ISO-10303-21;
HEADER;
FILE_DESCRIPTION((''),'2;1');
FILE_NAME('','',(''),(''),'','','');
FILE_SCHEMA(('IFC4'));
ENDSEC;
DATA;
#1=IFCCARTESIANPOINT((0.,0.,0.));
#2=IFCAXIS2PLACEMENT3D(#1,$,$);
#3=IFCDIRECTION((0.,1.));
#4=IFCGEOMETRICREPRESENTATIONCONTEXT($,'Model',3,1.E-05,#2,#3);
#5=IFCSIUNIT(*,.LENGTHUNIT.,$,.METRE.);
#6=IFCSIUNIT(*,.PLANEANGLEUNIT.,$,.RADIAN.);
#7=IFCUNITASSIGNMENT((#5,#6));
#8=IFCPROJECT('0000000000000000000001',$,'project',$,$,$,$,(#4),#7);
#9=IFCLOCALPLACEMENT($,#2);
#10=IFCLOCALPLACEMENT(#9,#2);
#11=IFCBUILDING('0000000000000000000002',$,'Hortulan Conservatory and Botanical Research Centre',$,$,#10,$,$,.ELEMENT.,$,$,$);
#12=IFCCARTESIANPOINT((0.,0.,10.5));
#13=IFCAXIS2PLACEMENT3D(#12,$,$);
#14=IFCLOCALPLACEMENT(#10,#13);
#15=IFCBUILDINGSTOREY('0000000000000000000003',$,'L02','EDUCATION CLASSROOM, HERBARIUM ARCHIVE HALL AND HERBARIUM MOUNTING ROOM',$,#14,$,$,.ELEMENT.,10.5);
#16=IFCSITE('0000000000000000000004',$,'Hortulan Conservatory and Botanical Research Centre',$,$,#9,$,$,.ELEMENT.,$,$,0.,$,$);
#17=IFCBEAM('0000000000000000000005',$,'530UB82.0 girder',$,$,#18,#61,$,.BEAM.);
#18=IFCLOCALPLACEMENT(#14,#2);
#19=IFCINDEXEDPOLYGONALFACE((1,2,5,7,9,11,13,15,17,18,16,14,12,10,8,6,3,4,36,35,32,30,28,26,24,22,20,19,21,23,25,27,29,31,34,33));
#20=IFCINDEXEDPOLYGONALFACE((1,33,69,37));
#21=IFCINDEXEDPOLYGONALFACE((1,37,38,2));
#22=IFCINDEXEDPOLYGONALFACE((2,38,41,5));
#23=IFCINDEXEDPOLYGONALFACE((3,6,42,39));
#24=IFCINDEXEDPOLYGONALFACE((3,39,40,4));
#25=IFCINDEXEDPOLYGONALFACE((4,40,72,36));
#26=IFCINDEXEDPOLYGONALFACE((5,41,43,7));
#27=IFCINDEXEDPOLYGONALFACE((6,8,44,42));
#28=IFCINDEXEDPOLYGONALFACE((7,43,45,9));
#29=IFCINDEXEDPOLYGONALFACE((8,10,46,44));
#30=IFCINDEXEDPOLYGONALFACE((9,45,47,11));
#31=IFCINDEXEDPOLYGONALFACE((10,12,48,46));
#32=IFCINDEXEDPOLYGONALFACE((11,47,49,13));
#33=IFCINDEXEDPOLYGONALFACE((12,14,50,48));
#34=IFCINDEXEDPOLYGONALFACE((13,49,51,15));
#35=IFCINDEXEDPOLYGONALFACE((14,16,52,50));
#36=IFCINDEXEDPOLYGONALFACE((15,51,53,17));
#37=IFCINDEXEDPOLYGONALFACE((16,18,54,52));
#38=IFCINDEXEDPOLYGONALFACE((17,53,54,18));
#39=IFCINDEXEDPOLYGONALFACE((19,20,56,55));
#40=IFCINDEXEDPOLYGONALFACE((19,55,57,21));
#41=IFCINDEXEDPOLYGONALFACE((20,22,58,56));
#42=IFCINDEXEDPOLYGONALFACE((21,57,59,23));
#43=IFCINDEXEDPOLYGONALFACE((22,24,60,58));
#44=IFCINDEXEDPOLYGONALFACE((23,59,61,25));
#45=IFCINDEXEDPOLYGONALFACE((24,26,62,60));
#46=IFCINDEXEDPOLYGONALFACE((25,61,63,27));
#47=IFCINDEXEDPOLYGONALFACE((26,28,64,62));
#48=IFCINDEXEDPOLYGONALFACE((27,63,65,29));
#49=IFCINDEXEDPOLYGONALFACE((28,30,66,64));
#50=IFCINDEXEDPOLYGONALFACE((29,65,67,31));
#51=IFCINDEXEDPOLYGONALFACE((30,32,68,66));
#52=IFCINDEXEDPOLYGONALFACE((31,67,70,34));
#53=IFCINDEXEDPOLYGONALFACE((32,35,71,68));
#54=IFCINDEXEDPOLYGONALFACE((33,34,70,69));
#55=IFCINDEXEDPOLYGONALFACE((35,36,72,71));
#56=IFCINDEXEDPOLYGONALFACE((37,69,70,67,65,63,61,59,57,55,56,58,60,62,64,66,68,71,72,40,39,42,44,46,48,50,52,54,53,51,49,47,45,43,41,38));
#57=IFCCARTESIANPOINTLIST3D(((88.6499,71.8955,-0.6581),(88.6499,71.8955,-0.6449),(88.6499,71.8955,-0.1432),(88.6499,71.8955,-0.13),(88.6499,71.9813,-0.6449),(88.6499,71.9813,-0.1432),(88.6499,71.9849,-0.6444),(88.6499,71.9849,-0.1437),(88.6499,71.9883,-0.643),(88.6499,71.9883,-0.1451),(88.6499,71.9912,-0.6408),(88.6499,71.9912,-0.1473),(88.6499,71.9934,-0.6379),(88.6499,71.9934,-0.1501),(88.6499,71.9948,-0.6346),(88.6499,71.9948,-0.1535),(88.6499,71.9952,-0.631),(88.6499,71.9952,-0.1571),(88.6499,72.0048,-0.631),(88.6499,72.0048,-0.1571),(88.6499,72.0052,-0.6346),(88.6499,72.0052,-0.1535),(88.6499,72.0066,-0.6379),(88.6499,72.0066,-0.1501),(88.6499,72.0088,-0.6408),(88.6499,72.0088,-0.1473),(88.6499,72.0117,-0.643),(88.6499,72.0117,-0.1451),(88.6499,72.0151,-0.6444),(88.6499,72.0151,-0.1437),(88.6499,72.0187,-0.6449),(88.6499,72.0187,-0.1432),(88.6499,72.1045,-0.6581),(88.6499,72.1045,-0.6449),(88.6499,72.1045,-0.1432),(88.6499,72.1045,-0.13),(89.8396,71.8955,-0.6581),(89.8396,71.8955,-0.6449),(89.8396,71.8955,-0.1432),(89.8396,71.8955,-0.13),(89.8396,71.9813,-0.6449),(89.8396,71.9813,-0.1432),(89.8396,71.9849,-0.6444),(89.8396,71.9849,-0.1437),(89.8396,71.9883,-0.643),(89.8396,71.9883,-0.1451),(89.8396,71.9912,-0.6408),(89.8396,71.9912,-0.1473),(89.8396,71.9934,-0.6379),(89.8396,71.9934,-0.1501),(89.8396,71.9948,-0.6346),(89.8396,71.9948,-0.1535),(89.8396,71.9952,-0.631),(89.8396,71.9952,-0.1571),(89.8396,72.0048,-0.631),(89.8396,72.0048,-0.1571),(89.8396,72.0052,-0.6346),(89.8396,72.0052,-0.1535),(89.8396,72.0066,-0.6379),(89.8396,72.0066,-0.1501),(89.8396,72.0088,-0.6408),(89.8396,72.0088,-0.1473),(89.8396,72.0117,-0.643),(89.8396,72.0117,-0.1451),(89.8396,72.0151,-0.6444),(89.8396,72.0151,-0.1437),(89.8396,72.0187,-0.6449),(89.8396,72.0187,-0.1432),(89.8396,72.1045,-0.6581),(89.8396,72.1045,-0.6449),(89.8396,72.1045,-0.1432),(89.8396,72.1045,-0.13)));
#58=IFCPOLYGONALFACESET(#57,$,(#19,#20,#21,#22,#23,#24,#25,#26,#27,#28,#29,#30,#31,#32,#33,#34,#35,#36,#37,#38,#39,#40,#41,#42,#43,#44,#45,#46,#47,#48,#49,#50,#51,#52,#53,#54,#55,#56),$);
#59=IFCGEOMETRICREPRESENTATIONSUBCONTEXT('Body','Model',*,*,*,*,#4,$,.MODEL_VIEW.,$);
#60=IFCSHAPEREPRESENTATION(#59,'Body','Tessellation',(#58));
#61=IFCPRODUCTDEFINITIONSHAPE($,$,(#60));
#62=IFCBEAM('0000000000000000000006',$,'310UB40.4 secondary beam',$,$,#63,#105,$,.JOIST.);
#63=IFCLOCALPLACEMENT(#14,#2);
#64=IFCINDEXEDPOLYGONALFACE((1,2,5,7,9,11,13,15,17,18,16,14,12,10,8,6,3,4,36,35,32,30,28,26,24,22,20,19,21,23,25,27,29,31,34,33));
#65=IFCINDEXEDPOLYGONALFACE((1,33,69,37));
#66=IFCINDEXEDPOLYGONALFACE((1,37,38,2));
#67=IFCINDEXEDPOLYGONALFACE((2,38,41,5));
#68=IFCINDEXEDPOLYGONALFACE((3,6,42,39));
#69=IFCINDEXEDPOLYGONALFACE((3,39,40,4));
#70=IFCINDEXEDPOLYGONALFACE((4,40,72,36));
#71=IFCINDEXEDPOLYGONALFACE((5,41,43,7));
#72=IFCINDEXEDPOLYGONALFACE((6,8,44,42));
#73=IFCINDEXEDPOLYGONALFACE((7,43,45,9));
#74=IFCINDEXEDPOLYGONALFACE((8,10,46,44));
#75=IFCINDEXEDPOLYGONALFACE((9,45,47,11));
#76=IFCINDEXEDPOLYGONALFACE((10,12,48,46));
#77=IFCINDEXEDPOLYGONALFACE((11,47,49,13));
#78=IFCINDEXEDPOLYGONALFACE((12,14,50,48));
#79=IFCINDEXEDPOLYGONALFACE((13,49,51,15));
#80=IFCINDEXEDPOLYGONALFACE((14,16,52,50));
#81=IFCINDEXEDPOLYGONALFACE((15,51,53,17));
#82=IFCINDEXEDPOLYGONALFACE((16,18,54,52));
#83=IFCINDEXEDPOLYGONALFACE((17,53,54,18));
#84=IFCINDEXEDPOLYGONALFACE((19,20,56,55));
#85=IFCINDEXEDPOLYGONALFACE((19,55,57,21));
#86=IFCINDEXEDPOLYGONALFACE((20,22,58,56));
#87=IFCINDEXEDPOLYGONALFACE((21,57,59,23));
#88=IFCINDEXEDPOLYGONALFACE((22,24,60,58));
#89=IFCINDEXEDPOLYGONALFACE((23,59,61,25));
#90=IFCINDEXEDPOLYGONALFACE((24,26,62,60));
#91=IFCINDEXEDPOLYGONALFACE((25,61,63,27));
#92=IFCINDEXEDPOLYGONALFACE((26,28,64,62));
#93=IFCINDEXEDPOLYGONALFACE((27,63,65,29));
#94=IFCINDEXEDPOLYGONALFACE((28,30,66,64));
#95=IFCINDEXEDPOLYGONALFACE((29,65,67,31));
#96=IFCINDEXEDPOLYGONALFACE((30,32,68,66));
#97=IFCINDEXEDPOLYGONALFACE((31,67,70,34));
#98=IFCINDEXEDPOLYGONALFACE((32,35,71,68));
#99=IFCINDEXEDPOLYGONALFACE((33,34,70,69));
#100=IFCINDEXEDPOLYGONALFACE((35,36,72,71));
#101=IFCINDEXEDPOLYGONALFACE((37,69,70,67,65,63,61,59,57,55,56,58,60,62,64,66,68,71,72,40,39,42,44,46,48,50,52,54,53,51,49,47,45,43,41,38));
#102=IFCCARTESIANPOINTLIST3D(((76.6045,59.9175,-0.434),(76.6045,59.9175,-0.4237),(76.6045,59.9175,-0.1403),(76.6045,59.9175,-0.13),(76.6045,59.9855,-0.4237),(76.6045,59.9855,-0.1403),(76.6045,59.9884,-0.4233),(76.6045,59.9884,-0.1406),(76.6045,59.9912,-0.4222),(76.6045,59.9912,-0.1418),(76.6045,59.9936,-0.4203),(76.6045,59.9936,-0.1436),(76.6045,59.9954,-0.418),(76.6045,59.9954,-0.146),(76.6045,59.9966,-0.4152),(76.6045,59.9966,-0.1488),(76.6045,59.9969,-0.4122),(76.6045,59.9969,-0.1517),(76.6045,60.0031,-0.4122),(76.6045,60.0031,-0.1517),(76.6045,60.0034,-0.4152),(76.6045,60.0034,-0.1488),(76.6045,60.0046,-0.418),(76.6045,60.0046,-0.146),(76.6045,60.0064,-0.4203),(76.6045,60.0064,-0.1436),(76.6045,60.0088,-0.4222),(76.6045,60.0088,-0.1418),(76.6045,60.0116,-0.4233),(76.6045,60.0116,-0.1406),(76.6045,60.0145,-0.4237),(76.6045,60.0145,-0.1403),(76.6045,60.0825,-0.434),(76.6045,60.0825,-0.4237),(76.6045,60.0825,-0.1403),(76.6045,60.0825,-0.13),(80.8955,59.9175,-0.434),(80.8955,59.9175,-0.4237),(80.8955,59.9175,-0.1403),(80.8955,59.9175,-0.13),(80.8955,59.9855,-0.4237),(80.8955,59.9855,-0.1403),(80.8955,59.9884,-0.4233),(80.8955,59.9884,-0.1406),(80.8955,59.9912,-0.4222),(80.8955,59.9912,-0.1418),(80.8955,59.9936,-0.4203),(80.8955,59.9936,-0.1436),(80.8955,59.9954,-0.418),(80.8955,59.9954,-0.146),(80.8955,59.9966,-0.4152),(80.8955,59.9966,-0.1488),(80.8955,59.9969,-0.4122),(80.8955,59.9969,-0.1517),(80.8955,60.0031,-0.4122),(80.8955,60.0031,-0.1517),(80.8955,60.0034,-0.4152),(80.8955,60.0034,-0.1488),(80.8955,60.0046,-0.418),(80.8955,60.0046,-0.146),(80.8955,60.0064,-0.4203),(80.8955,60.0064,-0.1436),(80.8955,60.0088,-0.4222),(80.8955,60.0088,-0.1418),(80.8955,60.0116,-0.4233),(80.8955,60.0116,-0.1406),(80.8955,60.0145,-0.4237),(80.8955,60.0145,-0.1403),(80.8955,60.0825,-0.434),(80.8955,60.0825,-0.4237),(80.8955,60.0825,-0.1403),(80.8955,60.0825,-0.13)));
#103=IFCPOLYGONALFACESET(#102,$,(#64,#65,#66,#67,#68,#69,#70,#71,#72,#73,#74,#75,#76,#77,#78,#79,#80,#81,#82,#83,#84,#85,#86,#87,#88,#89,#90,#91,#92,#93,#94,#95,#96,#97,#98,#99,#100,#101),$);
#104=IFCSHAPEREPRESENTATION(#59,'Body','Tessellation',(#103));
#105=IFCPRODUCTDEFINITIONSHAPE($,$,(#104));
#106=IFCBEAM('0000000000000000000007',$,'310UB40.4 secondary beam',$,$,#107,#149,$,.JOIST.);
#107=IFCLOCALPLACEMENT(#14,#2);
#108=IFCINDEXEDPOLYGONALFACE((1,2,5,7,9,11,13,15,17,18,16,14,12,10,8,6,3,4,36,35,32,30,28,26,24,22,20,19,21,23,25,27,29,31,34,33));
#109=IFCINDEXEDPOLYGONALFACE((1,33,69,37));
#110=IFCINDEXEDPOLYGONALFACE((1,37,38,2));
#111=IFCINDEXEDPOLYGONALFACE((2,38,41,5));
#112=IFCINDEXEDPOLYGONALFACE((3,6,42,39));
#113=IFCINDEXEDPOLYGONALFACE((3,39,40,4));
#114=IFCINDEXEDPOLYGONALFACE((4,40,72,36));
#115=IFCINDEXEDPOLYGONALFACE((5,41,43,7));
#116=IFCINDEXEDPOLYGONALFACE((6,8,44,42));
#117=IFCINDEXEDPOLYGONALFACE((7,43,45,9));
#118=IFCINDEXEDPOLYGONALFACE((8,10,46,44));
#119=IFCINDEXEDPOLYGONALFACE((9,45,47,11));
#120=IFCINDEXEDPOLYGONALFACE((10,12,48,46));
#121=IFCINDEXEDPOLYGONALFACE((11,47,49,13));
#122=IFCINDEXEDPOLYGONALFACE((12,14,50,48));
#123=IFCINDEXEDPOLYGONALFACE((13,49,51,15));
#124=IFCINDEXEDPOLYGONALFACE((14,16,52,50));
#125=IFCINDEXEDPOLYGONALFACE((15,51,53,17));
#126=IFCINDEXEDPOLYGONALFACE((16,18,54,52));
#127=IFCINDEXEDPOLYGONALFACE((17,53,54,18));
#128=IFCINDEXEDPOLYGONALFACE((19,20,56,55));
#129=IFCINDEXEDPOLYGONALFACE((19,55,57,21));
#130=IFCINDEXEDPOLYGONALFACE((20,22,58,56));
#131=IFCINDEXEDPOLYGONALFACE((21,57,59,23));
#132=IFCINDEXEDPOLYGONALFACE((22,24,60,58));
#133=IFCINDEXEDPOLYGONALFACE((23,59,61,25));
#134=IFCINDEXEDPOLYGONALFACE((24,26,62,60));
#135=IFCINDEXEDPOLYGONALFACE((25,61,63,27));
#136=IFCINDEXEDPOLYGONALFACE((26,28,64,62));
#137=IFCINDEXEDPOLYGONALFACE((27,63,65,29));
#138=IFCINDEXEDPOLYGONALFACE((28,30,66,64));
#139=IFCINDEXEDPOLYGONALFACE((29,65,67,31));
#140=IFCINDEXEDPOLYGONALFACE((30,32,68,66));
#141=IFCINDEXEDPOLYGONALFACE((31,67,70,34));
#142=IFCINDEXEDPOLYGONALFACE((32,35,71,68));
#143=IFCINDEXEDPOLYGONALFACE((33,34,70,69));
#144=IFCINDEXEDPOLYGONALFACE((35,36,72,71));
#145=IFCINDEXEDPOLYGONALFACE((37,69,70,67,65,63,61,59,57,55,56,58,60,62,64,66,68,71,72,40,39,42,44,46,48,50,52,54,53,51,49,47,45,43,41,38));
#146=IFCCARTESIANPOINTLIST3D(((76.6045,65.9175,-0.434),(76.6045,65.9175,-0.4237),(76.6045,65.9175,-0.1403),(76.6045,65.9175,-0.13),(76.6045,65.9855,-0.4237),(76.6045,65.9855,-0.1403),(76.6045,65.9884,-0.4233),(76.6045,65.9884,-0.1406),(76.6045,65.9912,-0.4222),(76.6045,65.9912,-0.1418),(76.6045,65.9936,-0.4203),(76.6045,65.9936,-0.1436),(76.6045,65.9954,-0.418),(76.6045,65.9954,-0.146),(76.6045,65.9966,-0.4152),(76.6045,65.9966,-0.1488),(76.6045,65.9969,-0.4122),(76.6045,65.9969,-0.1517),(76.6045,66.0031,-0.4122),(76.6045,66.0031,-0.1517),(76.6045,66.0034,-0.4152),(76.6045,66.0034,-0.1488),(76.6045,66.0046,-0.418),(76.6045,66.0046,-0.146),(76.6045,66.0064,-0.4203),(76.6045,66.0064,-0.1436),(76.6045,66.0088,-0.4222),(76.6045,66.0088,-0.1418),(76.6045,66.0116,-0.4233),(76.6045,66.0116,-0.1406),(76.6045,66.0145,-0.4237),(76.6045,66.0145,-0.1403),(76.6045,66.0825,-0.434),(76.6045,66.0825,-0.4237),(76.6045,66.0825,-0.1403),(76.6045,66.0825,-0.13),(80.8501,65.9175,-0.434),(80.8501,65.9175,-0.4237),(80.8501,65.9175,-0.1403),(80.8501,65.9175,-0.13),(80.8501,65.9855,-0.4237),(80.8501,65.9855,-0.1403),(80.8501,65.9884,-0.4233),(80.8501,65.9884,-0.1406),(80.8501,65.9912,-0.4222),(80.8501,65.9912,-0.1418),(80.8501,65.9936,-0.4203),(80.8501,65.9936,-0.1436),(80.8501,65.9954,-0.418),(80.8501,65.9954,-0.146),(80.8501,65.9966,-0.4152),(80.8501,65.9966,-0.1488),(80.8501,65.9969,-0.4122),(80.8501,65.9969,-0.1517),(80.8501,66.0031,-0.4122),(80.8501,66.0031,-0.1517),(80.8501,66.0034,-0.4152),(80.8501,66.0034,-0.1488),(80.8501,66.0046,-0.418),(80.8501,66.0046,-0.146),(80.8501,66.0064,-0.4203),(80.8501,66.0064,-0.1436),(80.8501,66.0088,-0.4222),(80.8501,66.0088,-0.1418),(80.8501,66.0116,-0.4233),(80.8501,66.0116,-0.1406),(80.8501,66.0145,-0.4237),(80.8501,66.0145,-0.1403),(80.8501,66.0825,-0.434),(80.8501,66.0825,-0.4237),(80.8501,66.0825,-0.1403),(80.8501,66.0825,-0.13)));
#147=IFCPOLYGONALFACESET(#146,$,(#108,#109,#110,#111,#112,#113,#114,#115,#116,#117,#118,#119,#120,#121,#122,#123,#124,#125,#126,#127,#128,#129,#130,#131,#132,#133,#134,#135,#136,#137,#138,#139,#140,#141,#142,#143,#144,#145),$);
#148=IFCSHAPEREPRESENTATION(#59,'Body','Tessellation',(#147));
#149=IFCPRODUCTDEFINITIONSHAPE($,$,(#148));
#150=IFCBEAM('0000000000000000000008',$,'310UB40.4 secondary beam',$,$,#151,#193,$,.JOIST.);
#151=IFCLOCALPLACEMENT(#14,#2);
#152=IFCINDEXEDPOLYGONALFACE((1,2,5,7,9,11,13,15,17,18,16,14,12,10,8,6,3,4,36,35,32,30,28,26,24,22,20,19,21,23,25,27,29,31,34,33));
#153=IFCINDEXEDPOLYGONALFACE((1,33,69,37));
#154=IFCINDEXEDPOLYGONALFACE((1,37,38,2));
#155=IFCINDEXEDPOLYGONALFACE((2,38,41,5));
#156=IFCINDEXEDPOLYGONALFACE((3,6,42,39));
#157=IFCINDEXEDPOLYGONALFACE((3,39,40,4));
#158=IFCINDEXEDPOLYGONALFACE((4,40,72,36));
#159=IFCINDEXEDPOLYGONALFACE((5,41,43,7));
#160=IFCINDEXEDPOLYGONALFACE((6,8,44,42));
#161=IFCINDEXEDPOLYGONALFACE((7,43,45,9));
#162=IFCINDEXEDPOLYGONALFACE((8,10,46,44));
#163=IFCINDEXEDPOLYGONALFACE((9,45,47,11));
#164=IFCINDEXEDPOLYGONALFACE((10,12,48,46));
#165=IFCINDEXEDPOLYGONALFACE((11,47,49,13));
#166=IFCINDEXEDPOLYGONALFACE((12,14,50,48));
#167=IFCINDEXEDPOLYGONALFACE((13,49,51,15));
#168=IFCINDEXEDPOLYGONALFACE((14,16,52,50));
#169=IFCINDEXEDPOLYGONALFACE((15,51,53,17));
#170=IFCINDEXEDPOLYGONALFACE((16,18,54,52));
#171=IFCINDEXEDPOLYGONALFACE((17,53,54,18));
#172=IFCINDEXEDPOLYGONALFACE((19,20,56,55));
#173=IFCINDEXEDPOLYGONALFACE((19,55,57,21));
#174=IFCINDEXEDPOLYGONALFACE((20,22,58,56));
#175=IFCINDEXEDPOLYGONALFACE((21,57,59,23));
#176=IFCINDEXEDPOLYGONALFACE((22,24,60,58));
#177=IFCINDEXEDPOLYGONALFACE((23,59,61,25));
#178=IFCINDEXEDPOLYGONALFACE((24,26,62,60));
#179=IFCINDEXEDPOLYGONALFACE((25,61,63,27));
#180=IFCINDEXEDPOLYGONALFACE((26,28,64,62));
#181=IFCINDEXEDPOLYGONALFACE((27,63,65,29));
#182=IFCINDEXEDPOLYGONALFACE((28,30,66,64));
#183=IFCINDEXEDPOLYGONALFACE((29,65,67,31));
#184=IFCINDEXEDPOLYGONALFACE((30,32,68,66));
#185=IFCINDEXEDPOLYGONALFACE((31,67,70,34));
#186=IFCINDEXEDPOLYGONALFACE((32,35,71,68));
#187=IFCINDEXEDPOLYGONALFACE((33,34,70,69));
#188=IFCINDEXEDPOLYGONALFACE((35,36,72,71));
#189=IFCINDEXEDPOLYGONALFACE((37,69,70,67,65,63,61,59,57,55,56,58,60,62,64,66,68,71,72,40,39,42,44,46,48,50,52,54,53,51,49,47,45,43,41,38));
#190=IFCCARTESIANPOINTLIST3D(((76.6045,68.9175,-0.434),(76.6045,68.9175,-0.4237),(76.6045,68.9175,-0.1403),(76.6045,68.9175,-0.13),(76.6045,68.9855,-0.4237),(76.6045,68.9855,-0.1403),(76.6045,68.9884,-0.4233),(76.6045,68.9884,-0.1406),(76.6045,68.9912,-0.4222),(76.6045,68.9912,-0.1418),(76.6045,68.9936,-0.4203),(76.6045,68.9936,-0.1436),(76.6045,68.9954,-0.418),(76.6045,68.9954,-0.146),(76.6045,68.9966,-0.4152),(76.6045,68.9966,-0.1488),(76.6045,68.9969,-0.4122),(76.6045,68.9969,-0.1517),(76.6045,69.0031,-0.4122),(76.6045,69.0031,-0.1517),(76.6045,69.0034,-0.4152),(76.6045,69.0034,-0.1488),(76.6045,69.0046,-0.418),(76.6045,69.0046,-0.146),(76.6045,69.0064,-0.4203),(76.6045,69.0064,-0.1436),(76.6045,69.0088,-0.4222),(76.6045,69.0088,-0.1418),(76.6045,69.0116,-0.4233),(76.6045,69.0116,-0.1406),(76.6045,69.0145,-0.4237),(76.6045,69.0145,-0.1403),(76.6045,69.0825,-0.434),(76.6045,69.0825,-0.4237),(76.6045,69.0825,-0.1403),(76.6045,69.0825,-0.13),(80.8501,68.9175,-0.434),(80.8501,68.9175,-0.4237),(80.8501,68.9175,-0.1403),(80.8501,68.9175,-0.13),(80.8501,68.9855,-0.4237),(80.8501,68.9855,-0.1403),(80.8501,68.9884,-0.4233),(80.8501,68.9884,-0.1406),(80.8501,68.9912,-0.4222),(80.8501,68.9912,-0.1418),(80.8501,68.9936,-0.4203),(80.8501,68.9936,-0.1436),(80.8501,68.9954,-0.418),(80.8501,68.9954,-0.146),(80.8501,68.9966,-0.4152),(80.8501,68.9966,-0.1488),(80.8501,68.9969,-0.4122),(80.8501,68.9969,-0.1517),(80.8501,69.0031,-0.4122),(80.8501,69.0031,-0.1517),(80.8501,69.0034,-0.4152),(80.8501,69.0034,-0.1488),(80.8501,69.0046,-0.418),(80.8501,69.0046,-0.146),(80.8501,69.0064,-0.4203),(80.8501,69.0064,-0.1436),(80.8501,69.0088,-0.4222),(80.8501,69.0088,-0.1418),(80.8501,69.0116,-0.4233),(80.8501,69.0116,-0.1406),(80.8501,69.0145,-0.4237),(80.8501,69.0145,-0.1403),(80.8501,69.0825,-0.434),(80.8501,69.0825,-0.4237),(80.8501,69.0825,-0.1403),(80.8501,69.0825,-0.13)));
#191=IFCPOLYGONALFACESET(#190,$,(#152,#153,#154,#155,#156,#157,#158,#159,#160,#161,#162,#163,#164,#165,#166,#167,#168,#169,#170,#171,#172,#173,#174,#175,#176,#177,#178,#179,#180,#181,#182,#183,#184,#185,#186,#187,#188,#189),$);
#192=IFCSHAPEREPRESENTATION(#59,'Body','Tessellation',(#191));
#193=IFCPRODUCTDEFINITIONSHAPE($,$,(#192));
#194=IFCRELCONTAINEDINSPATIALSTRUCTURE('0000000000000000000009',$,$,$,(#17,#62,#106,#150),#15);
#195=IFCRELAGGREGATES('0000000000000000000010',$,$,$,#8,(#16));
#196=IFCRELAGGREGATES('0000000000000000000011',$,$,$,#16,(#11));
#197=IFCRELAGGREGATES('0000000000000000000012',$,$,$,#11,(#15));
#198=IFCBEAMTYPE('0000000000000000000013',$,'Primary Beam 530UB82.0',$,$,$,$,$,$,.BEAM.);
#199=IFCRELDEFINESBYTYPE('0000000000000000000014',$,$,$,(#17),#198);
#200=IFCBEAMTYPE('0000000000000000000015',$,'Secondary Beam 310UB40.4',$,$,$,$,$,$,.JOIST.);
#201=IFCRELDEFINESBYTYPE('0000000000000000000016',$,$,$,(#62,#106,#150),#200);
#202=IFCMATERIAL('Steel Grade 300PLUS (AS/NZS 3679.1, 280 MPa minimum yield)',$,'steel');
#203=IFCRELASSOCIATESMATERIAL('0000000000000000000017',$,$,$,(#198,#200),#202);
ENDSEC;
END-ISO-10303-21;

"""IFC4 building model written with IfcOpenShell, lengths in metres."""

from ifc_helpers import new_model, si_unit, direction, frame, origin, origin_2d, place, context, subcontext, project, spatial, i_section, extrude, material, material_profile, profile_set, type_object, element, save


model = new_model("IFC4")

# Units and contexts
model_context = context("Model", 3, precision=1e-05, world=origin(), true_north=direction((0.0, 1.0)))
body_context = subcontext(model_context, "Body", "Model", "MODEL_VIEW")
ifc_project = project(units=[si_unit("LENGTHUNIT", "METRE"), si_unit("PLANEANGLEUNIT", "RADIAN")], contexts=[model_context])

# Site, building, storey
site_placement = place(None, origin())
site = spatial("IfcSite", under=ifc_project, at=site_placement, Name="Hortulan Conservatory and Botanical Research Centre", CompositionType="ELEMENT", RefElevation=0.0)
building_placement = place(site_placement, origin())
building = spatial("IfcBuilding", under=site, at=building_placement, Name="Hortulan Conservatory and Botanical Research Centre", CompositionType="ELEMENT")
storey_placement = place(building_placement, frame((0.0, 0.0, 10.5)))
storey = spatial("IfcBuildingStorey", under=building, at=storey_placement, Name="L02", Description="EDUCATION CLASSROOM, HERBARIUM ARCHIVE HALL AND HERBARIUM MOUNTING ROOM", CompositionType="ELEMENT", Elevation=10.5)

# Shared definitions
ifc_material_1 = material(Name="Steel Grade 300PLUS (AS/NZS 3679.1, 280 MPa minimum yield)", Category="steel")

# Beams
ifc_material_profile_1 = material_profile(ifc_material_1, i_section(OverallWidth=0.209, OverallDepth=0.5281, WebThickness=0.0095, FlangeThickness=0.0132, FilletRadius=0.0139, at=origin_2d()), Name="530UB82.0")
ifc_profile_set_1 = profile_set([ifc_material_profile_1], Name="Steel Grade 300PLUS (AS/NZS 3679.1, 280 MPa minimum yield)")
beam_type_1 = type_object("IfcBeamType", Name="Primary Beam 530UB82.0", PredefinedType="BEAM", material=ifc_profile_set_1)
beam_1_placement = place(storey_placement, frame((88.6499, 72.0, -0.394), z_axis=(1.0, 0.0, 0.0), x_axis=(0.0, 1.0, 0.0)))
element("IfcBeam", 1, at=beam_1_placement, inside=storey, type_object=beam_type_1, Name="530UB82.0 girder", PredefinedType="BEAM", context=body_context, shape_type="SweptSolid", body=[
    extrude(i_section(OverallWidth=0.209, OverallDepth=0.5281, WebThickness=0.0095, FlangeThickness=0.0132, FilletRadius=0.0139, at=origin_2d()), origin(), (0.0, 0.0, 1.0), 1.1897),
])
ifc_material_profile_2 = material_profile(ifc_material_1, i_section(OverallWidth=0.165, OverallDepth=0.304, WebThickness=0.0061, FlangeThickness=0.0103, FilletRadius=0.0115, at=origin_2d()), Name="310UB40.4")
ifc_profile_set_2 = profile_set([ifc_material_profile_2], Name="Steel Grade 300PLUS (AS/NZS 3679.1, 280 MPa minimum yield)")
beam_type_2 = type_object("IfcBeamType", Name="Secondary Beam 310UB40.4", PredefinedType="JOIST", material=ifc_profile_set_2)
beam_2_placement = place(storey_placement, frame((76.6045, 60.0, -0.282), z_axis=(1.0, 0.0, 0.0), x_axis=(0.0, 1.0, 0.0)))
element("IfcBeam", 2, at=beam_2_placement, inside=storey, type_object=beam_type_2, Name="310UB40.4 secondary beam", PredefinedType="JOIST", context=body_context, shape_type="SweptSolid", body=[
    extrude(i_section(OverallWidth=0.165, OverallDepth=0.304, WebThickness=0.0061, FlangeThickness=0.0103, FilletRadius=0.0115, at=origin_2d()), origin(), (0.0, 0.0, 1.0), 4.291),
])
for number, where, z_axis, x_axis, name in (
    (3, (76.6045, 66.0, -0.282), (1.0, 0.0, 0.0), (0.0, 1.0, 0.0), "310UB40.4 secondary beam"),
    (4, (76.6045, 69.0, -0.282), (1.0, 0.0, 0.0), (0.0, 1.0, 0.0), "310UB40.4 secondary beam"),
):
    element("IfcBeam", number, at=place(storey_placement, frame(where, z_axis=z_axis, x_axis=x_axis)), inside=storey, type_object=beam_type_2, Name=name, PredefinedType="JOIST", context=body_context, shape_type="SweptSolid", body=[
        extrude(i_section(OverallWidth=0.165, OverallDepth=0.304, WebThickness=0.0061, FlangeThickness=0.0103, FilletRadius=0.0115, at=origin_2d()), origin(), (0.0, 0.0, 1.0), 4.2456),
    ])

save(model, "model.ifc")
